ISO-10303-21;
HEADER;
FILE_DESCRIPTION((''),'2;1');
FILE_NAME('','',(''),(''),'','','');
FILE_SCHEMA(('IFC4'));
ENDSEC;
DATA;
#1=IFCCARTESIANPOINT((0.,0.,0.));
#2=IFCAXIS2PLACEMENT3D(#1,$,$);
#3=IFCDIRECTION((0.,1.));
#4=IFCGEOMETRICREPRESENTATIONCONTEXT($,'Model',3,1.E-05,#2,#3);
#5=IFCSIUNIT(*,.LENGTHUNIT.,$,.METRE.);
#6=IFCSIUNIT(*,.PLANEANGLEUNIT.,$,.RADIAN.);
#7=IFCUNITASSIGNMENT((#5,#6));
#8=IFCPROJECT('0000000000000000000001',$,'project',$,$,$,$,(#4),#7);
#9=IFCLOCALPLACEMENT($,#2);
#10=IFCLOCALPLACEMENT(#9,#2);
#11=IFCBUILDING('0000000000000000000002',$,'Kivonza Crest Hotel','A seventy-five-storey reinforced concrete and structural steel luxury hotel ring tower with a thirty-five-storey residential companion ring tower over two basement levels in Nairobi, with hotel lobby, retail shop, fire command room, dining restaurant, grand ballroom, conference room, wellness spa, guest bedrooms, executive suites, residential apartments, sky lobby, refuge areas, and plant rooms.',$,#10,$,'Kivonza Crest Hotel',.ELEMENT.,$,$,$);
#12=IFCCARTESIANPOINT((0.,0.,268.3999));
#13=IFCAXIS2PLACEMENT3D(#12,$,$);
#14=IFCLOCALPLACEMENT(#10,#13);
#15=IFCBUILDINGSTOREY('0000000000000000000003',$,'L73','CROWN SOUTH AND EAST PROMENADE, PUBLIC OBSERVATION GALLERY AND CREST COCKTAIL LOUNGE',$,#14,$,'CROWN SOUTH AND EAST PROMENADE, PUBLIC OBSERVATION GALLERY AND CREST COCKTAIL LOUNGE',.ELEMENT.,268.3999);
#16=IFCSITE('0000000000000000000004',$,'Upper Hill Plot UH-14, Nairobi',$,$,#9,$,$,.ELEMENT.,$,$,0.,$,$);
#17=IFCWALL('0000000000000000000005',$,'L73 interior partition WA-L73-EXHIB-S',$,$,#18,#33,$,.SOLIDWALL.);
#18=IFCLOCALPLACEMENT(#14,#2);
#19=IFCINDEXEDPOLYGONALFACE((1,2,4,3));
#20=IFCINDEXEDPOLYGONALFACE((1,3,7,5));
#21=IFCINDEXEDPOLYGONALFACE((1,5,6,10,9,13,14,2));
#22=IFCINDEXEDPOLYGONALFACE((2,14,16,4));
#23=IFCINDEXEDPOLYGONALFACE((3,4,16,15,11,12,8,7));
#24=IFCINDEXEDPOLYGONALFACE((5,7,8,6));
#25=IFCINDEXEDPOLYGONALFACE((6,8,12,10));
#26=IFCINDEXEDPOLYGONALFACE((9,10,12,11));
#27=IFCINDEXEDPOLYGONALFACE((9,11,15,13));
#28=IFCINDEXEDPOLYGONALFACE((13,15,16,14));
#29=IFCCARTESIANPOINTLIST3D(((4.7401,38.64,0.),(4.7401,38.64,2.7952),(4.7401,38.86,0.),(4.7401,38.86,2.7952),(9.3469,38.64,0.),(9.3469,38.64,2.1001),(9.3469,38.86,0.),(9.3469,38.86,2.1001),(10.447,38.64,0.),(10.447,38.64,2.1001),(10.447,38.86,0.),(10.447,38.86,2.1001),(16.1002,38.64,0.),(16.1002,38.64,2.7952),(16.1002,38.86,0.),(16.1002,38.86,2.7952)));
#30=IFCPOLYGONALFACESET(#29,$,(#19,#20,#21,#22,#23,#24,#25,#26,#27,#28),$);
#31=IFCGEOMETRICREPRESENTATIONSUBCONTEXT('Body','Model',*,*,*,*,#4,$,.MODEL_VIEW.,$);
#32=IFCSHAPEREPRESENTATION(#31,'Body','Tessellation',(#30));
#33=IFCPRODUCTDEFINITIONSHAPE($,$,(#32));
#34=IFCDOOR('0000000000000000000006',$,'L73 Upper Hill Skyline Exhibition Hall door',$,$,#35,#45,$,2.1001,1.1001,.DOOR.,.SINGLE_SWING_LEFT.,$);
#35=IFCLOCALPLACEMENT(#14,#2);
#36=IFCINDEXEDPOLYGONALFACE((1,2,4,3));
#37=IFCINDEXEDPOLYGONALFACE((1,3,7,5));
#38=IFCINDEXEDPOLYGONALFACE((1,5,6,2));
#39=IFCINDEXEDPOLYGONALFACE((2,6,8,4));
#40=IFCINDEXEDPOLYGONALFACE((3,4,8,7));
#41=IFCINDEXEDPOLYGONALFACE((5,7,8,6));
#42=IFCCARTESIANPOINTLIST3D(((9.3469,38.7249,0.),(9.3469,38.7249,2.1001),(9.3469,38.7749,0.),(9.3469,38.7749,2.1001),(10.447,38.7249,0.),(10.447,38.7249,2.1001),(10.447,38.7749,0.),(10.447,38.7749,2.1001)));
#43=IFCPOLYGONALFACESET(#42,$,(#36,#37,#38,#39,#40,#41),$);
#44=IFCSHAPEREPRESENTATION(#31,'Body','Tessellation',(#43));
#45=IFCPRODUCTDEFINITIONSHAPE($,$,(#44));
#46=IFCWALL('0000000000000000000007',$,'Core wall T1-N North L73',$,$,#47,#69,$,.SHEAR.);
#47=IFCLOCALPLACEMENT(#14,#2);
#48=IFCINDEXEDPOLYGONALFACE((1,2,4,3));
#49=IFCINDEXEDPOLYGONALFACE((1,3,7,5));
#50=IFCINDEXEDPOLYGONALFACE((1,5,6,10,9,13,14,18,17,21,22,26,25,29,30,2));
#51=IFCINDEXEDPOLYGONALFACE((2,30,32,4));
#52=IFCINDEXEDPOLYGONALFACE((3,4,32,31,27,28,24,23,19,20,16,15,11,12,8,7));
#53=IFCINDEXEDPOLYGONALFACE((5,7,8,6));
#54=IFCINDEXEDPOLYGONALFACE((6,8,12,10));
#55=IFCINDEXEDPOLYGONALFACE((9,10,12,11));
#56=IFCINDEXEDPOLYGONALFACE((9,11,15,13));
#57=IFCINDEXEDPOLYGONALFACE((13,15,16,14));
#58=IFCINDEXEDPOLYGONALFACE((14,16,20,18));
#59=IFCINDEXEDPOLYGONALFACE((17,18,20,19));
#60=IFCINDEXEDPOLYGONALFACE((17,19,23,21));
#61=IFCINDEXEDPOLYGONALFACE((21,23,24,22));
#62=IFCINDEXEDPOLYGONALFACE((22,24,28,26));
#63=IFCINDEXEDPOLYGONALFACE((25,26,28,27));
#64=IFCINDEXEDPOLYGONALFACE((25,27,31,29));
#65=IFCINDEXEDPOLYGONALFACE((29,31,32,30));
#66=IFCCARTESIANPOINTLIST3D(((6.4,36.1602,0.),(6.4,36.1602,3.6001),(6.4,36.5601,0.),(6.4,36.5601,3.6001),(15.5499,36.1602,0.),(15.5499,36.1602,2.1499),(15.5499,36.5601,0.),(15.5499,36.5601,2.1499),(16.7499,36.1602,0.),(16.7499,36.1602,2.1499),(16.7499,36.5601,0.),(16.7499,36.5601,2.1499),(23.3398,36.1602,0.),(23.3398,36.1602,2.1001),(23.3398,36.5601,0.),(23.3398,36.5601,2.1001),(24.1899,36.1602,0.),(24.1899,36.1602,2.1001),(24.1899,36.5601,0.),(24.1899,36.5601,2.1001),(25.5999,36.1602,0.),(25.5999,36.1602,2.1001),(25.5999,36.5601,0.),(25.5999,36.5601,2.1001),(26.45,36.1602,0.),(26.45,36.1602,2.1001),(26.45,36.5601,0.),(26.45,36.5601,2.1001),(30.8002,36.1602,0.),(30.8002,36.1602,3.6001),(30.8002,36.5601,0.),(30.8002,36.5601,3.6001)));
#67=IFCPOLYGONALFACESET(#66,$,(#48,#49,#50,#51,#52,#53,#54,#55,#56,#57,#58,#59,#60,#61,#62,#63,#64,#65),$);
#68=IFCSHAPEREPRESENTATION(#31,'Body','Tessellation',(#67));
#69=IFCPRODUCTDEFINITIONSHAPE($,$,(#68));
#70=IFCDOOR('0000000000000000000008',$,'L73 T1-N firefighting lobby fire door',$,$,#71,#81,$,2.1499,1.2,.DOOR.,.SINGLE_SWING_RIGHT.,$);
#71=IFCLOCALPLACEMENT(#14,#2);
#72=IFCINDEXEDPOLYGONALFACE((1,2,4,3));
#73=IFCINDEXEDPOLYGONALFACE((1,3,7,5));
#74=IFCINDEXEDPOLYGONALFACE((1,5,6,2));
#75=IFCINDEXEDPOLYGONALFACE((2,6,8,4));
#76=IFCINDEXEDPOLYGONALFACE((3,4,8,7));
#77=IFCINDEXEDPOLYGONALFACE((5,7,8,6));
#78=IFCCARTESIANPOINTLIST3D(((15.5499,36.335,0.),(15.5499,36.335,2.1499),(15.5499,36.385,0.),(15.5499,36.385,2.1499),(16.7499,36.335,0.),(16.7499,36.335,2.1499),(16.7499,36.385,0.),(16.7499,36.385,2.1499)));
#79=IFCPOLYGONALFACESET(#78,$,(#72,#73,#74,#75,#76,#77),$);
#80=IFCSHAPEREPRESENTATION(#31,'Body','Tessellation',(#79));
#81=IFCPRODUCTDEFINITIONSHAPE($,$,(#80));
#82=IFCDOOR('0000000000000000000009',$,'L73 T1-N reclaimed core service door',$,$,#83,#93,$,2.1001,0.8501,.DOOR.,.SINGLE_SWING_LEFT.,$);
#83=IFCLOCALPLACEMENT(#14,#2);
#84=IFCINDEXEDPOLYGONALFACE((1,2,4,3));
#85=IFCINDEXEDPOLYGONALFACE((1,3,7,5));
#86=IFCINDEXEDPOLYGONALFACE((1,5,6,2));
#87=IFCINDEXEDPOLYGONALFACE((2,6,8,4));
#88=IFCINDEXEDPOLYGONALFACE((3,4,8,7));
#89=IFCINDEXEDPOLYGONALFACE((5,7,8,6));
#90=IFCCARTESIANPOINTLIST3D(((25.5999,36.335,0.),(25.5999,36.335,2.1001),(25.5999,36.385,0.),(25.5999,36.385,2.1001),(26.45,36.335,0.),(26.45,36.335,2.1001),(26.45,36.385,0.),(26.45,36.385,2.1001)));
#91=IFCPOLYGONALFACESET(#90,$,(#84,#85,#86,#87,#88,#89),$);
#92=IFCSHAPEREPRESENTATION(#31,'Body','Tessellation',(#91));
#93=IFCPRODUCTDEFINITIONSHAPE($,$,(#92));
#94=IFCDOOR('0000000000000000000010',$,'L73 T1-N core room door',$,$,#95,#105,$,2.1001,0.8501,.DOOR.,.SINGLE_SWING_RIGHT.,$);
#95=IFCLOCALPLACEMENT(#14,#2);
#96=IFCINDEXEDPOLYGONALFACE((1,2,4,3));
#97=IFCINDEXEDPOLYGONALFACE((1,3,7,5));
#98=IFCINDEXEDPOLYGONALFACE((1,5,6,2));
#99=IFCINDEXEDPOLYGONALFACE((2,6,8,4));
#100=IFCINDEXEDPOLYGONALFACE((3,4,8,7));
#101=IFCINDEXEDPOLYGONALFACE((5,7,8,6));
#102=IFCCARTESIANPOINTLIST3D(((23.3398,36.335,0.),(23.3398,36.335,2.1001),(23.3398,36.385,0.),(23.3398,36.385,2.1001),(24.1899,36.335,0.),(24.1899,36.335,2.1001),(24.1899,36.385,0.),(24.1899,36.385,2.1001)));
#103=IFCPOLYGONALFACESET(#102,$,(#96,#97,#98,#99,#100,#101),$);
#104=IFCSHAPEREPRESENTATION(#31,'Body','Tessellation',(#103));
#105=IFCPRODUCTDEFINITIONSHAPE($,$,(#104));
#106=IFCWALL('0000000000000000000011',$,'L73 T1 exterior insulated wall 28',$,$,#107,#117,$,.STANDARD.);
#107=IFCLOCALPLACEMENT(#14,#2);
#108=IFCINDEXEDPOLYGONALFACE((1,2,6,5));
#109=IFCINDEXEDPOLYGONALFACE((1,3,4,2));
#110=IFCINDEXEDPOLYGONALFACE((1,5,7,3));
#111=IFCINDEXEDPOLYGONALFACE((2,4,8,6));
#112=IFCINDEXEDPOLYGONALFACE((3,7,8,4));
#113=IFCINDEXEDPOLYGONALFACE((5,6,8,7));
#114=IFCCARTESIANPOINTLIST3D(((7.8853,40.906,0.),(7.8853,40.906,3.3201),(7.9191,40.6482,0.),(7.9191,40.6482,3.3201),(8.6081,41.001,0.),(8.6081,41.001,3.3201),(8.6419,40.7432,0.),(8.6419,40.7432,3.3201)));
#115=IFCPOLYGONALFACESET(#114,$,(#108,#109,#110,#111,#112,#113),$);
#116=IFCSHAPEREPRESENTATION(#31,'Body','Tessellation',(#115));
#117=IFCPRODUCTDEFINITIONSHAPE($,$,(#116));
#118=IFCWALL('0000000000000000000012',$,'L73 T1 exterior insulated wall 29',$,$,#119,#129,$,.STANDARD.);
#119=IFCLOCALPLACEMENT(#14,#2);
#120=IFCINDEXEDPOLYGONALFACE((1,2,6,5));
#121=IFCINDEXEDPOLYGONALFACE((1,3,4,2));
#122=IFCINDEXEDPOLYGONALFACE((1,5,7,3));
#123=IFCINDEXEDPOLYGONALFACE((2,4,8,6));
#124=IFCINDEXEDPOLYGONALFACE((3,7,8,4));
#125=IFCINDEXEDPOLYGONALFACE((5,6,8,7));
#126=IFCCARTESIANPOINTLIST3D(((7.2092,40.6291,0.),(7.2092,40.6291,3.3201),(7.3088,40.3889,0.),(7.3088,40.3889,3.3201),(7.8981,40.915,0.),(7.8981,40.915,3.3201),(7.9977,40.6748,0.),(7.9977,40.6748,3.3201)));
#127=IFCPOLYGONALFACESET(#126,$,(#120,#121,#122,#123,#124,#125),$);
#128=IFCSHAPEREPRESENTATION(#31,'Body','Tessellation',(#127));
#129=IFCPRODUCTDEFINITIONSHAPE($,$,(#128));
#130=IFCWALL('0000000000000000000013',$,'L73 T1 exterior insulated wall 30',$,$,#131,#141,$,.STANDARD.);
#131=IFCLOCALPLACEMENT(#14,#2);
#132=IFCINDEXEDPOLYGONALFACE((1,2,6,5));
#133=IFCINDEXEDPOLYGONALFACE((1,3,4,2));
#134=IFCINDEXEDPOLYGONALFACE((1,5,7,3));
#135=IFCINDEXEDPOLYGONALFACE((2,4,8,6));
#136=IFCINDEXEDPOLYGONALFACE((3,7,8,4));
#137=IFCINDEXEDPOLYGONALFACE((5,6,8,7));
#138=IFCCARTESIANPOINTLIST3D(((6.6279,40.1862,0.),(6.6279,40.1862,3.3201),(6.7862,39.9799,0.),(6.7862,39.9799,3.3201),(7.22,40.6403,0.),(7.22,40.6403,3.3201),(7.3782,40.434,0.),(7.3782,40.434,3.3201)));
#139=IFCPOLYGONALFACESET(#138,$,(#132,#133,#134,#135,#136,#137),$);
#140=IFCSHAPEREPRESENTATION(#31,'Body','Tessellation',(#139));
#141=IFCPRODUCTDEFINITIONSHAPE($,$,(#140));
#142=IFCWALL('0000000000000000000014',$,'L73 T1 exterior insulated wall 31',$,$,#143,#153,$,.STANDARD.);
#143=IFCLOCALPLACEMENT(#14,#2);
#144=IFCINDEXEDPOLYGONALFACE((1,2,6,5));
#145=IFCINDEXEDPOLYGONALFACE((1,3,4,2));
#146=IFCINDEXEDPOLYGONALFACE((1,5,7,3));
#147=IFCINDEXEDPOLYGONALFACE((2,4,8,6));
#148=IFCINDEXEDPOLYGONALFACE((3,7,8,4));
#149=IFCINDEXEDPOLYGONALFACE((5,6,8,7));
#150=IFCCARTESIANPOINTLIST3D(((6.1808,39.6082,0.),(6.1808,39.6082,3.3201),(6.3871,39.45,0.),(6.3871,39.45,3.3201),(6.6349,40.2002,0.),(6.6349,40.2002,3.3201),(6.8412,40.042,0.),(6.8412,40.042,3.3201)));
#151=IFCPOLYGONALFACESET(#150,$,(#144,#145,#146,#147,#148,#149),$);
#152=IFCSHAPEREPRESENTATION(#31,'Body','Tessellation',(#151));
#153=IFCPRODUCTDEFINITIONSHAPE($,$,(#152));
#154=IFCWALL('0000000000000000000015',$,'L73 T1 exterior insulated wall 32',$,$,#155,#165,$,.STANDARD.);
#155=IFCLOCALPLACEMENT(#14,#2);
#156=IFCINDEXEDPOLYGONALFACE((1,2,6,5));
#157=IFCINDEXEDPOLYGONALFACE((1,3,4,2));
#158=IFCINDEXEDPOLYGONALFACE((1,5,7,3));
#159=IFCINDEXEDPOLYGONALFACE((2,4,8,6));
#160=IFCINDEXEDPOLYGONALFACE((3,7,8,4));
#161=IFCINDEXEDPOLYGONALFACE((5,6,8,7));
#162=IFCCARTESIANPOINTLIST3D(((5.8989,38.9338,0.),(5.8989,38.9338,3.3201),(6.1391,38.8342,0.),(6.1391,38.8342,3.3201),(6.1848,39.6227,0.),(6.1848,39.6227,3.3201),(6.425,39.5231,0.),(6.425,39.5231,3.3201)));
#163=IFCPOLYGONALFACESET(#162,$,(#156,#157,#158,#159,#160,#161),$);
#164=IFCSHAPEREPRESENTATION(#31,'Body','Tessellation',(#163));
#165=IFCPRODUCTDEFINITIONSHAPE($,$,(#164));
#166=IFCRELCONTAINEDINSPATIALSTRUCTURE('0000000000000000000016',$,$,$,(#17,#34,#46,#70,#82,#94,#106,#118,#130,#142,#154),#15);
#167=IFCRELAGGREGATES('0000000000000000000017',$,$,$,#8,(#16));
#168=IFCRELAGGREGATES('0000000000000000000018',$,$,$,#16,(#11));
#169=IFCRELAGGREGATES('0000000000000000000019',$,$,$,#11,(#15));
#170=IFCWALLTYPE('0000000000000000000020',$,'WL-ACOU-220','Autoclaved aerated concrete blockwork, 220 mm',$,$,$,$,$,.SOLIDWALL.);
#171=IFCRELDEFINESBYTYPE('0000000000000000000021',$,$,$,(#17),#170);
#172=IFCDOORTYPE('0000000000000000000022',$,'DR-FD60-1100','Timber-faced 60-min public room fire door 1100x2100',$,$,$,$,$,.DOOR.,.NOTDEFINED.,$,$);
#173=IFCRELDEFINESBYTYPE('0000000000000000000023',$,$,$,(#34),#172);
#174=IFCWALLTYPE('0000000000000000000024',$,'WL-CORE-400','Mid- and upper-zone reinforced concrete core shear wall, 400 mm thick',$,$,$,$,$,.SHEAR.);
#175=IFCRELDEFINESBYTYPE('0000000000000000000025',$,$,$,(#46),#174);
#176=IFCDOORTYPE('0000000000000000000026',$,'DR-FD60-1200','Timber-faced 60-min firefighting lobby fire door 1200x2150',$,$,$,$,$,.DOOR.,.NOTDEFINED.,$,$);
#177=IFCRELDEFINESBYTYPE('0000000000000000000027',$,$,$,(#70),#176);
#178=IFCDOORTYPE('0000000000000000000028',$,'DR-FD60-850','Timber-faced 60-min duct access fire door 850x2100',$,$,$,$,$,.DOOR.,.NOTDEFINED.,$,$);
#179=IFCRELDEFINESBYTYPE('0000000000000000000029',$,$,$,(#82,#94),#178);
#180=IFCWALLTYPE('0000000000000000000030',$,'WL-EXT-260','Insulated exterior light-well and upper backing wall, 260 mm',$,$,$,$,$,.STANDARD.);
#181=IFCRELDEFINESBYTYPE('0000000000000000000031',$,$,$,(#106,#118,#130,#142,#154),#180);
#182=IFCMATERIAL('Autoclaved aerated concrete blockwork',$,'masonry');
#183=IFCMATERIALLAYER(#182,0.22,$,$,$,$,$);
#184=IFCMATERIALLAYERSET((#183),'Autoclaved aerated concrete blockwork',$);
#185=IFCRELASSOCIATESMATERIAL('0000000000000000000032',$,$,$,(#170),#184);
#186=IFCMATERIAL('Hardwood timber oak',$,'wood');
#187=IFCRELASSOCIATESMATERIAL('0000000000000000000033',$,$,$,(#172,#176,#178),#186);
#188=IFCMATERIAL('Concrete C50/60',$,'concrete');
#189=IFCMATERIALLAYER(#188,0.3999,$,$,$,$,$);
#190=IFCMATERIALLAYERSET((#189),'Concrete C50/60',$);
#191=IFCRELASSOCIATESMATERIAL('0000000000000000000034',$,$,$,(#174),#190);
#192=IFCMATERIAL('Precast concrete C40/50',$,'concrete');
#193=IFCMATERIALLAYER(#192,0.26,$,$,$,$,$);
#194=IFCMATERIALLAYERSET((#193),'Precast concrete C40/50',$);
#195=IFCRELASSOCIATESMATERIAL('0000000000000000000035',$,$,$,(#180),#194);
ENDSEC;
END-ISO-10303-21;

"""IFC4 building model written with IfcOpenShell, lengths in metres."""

from ifc_helpers import new_model, si_unit, direction, frame, frame_2d, origin, place, context, subcontext, project, spatial, rectangle, extrude, material, layer, layer_set, type_object, element, fill, save


model = new_model("IFC4")

# Units and contexts
model_context = context("Model", 3, precision=1e-05, world=origin(), true_north=direction((0.0, 1.0)))
body_context = subcontext(model_context, "Body", "Model", "MODEL_VIEW")
ifc_project = project(units=[si_unit("LENGTHUNIT", "METRE"), si_unit("PLANEANGLEUNIT", "RADIAN")], contexts=[model_context])

# Site, building, storey
site_placement = place(None, origin())
site = spatial("IfcSite", under=ifc_project, at=site_placement, Name="Upper Hill Plot UH-14, Nairobi", CompositionType="ELEMENT", RefElevation=0.0)
building_placement = place(site_placement, origin())
building = spatial("IfcBuilding", under=site, at=building_placement, Name="Kivonza Crest Hotel", Description="A seventy-five-storey reinforced concrete and structural steel luxury hotel ring tower with a thirty-five-storey residential companion ring tower over two basement levels in Nairobi, with hotel lobby, retail shop, fire command room, dining restaurant, grand ballroom, conference room, wellness spa, guest bedrooms, executive suites, residential apartments, sky lobby, refuge areas, and plant rooms.", LongName="Kivonza Crest Hotel", CompositionType="ELEMENT")
storey_placement = place(building_placement, frame((0.0, 0.0, 268.3999)))
storey = spatial("IfcBuildingStorey", under=building, at=storey_placement, Name="L73", Description="CROWN SOUTH AND EAST PROMENADE, PUBLIC OBSERVATION GALLERY AND CREST COCKTAIL LOUNGE", LongName="CROWN SOUTH AND EAST PROMENADE, PUBLIC OBSERVATION GALLERY AND CREST COCKTAIL LOUNGE", CompositionType="ELEMENT", Elevation=268.3999)

# Shared definitions
ifc_material_1 = material(Name="Concrete C50/60", Category="concrete")

# Wall, opening, door
ifc_material_2 = material(Name="Autoclaved aerated concrete blockwork", Category="masonry")
ifc_layer_1 = layer(ifc_material_2, 0.22)
ifc_layer_set_1 = layer_set([ifc_layer_1], Name="Autoclaved aerated concrete blockwork")
wall_type_1 = type_object("IfcWallType", Name="WL-ACOU-220", Description="Autoclaved aerated concrete blockwork, 220 mm", PredefinedType="SOLIDWALL", material=ifc_layer_set_1)
wall_1_placement = place(storey_placement, frame((4.74, 38.75, 0.0), z_axis=(0.0, 0.0, 1.0), x_axis=(1.0, 0.0, 0.0)))
wall_1 = element("IfcWall", 1, at=wall_1_placement, inside=storey, type_object=wall_type_1, Name="L73 interior partition WA-L73-EXHIB-S", PredefinedType="SOLIDWALL", context=body_context, shape_type="SweptSolid", body=[
    extrude(rectangle(XDim=11.3601, YDim=0.22, at=frame_2d((5.6802, 0.0))), origin(), (0.0, 0.0, 1.0), 2.7952),
])
opening_1_placement = place(wall_1_placement, frame((4.6069, 0.0, 0.0)))
opening_1 = element("IfcOpeningElement", 2, at=opening_1_placement, cuts=wall_1, PredefinedType="OPENING", context=body_context, shape_type="SweptSolid", body=[
    extrude(rectangle(XDim=1.1001, YDim=2.1001, at=frame_2d((0.55, 1.05))), frame((0.0, 0.1201, 0.0), z_axis=(0.0, -1.0, 0.0), x_axis=(1.0, 0.0, 0.0)), (0.0, 0.0, 1.0), 0.24),
])
ifc_material_3 = material(Name="Hardwood timber oak", Category="wood")
door_type_1 = type_object("IfcDoorType", Name="DR-FD60-1100", Description="Timber-faced 60-min public room fire door 1100x2100", OperationType="NOTDEFINED", PredefinedType="DOOR", material=ifc_material_3)
door_1_placement = place(opening_1_placement, origin())
door_1 = element("IfcDoor", 3, at=door_1_placement, inside=storey, type_object=door_type_1, Name="L73 Upper Hill Skyline Exhibition Hall door", OperationType="SINGLE_SWING_LEFT", OverallHeight=2.1001, OverallWidth=1.1001, PredefinedType="DOOR", context=body_context, shape_type="SweptSolid", body=[
    extrude(rectangle(XDim=1.1001, YDim=2.1001, at=frame_2d((0.55, 1.05))), frame((0.0, 0.0249, 0.0), z_axis=(0.0, -1.0, 0.0), x_axis=(1.0, 0.0, 0.0)), (0.0, 0.0, 1.0), 0.05),
])
fill(opening_1, door_1)

# Wall, openings, doors
ifc_layer_2 = layer(ifc_material_1, 0.3999)
ifc_layer_set_2 = layer_set([ifc_layer_2], Name="Concrete C50/60")
wall_type_2 = type_object("IfcWallType", Name="WL-CORE-400", Description="Mid- and upper-zone reinforced concrete core shear wall, 400 mm thick", PredefinedType="SHEAR", material=ifc_layer_set_2)
wall_2_placement = place(storey_placement, frame((6.3999, 36.3601, 0.0), z_axis=(0.0, 0.0, 1.0), x_axis=(1.0, 0.0, 0.0)))
wall_2 = element("IfcWall", 4, at=wall_2_placement, inside=storey, type_object=wall_type_2, Name="Core wall T1-N North L73", PredefinedType="SHEAR", context=body_context, shape_type="SweptSolid", body=[
    extrude(rectangle(XDim=24.4001, YDim=0.3999, at=frame_2d((12.2002, 0.0))), origin(), (0.0, 0.0, 1.0), 3.6001),
])
opening_2_placement = place(wall_2_placement, frame((9.1499, 0.0, 0.0)))
opening_2 = element("IfcOpeningElement", 5, at=opening_2_placement, cuts=wall_2, PredefinedType="OPENING", context=body_context, shape_type="SweptSolid", body=[
    extrude(rectangle(XDim=1.2, YDim=2.1499, at=frame_2d((0.6001, 1.075))), frame((0.0, 0.21, 0.0), z_axis=(0.0, -1.0, 0.0), x_axis=(1.0, 0.0, 0.0)), (0.0, 0.0, 1.0), 0.4199),
])
opening_3_placement = place(wall_2_placement, frame((19.2, 0.0, 0.0)))
opening_3 = element("IfcOpeningElement", 6, at=opening_3_placement, cuts=wall_2, PredefinedType="OPENING", context=body_context, shape_type="SweptSolid", body=[
    extrude(rectangle(XDim=0.8501, YDim=2.1001, at=frame_2d((0.425, 1.05))), frame((0.0, 0.21, 0.0), z_axis=(0.0, -1.0, 0.0), x_axis=(1.0, 0.0, 0.0)), (0.0, 0.0, 1.0), 0.4199),
])
opening_4_placement = place(wall_2_placement, frame((16.9399, 0.0, 0.0)))
opening_4 = element("IfcOpeningElement", 7, at=opening_4_placement, cuts=wall_2, PredefinedType="OPENING", context=body_context, shape_type="SweptSolid", body=[
    extrude(rectangle(XDim=0.8501, YDim=2.1001, at=frame_2d((0.425, 1.05))), frame((0.0, 0.21, 0.0), z_axis=(0.0, -1.0, 0.0), x_axis=(1.0, 0.0, 0.0)), (0.0, 0.0, 1.0), 0.4199),
])
door_type_2 = type_object("IfcDoorType", Name="DR-FD60-1200", Description="Timber-faced 60-min firefighting lobby fire door 1200x2150", OperationType="NOTDEFINED", PredefinedType="DOOR", material=ifc_material_3)
door_2_placement = place(opening_2_placement, origin())
door_2 = element("IfcDoor", 8, at=door_2_placement, inside=storey, type_object=door_type_2, Name="L73 T1-N firefighting lobby fire door", OperationType="SINGLE_SWING_RIGHT", OverallHeight=2.1499, OverallWidth=1.2, PredefinedType="DOOR", context=body_context, shape_type="SweptSolid", body=[
    extrude(rectangle(XDim=1.2, YDim=2.1499, at=frame_2d((0.6001, 1.075))), frame((0.0, 0.0249, 0.0), z_axis=(0.0, -1.0, 0.0), x_axis=(1.0, 0.0, 0.0)), (0.0, 0.0, 1.0), 0.05),
])
fill(opening_2, door_2)
door_type_3 = type_object("IfcDoorType", Name="DR-FD60-850", Description="Timber-faced 60-min duct access fire door 850x2100", OperationType="NOTDEFINED", PredefinedType="DOOR", material=ifc_material_3)
door_3_placement = place(opening_3_placement, origin())
door_3 = element("IfcDoor", 9, at=door_3_placement, inside=storey, type_object=door_type_3, Name="L73 T1-N reclaimed core service door", OperationType="SINGLE_SWING_LEFT", OverallHeight=2.1001, OverallWidth=0.8501, PredefinedType="DOOR", context=body_context, shape_type="SweptSolid", body=[
    extrude(rectangle(XDim=0.8501, YDim=2.1001, at=frame_2d((0.425, 1.05))), frame((0.0, 0.0249, 0.0), z_axis=(0.0, -1.0, 0.0), x_axis=(1.0, 0.0, 0.0)), (0.0, 0.0, 1.0), 0.05),
])
fill(opening_3, door_3)
door_4_placement = place(opening_4_placement, origin())
door_4 = element("IfcDoor", 10, at=door_4_placement, inside=storey, type_object=door_type_3, Name="L73 T1-N core room door", OperationType="SINGLE_SWING_RIGHT", OverallHeight=2.1001, OverallWidth=0.8501, PredefinedType="DOOR", context=body_context, shape_type="SweptSolid", body=[
    extrude(rectangle(XDim=0.8501, YDim=2.1001, at=frame_2d((0.425, 1.05))), frame((0.0, 0.0249, 0.0), z_axis=(0.0, -1.0, 0.0), x_axis=(1.0, 0.0, 0.0)), (0.0, 0.0, 1.0), 0.05),
])
fill(opening_4, door_4)

# Walls
ifc_material_4 = material(Name="Precast concrete C40/50", Category="concrete")
ifc_layer_3 = layer(ifc_material_4, 0.26)
ifc_layer_set_3 = layer_set([ifc_layer_3], Name="Precast concrete C40/50")
wall_type_3 = type_object("IfcWallType", Name="WL-EXT-260", Description="Insulated exterior light-well and upper backing wall, 260 mm", PredefinedType="STANDARD", material=ifc_layer_set_3)
wall_3_placement = place(storey_placement, frame((8.625, 40.8721, 0.0), z_axis=(0.0, 0.0, 1.0), x_axis=(-0.99148, -0.130255, 0.0)))
element("IfcWall", 11, at=wall_3_placement, inside=storey, type_object=wall_type_3, Name="L73 T1 exterior insulated wall 28", PredefinedType="STANDARD", context=body_context, shape_type="SweptSolid", body=[
    extrude(rectangle(XDim=0.729, YDim=0.26, at=frame_2d((0.3645, 0.0))), origin(), (0.0, 0.0, 1.0), 3.3201),
])
wall_4_placement = place(storey_placement, frame((7.948, 40.7949, 0.0), z_axis=(0.0, 0.0, 1.0), x_axis=(-0.923638, -0.383267, 0.0)))
element("IfcWall", 12, at=wall_4_placement, inside=storey, type_object=wall_type_3, Name="L73 T1 exterior insulated wall 29", PredefinedType="STANDARD", context=body_context, shape_type="SweptSolid", body=[
    extrude(rectangle(XDim=0.7458, YDim=0.26, at=frame_2d((0.373, 0.0))), origin(), (0.0, 0.0, 1.0), 3.3201),
])
for number, where, z_axis, x_axis, name in (
    (13, (7.2991, 40.5371, 0.0), (0.0, 0.0, 1.0), (-0.793475, -0.608603, 0.0), "L73 T1 exterior insulated wall 30"),
    (14, (6.738, 40.1211, 0.0), (0.0, 0.0, 1.0), (-0.608603, -0.793475, 0.0), "L73 T1 exterior insulated wall 31"),
):
    element("IfcWall", number, at=place(storey_placement, frame(where, z_axis=z_axis, x_axis=x_axis)), inside=storey, type_object=wall_type_3, Name=name, PredefinedType="STANDARD", context=body_context, shape_type="SweptSolid", body=[
        extrude(rectangle(XDim=0.7461, YDim=0.26, at=frame_2d((0.373, 0.0))), origin(), (0.0, 0.0, 1.0), 3.3201),
    ])
wall_5_placement = place(storey_placement, frame((6.3049, 39.573, 0.0), z_axis=(0.0, 0.0, 1.0), x_axis=(-0.383267, -0.923638, 0.0)))
element("IfcWall", 15, at=wall_5_placement, inside=storey, type_object=wall_type_3, Name="L73 T1 exterior insulated wall 32", PredefinedType="STANDARD", context=body_context, shape_type="SweptSolid", body=[
    extrude(rectangle(XDim=0.7458, YDim=0.26, at=frame_2d((0.373, 0.0))), origin(), (0.0, 0.0, 1.0), 3.3201),
])

save(model, "model.ifc")
